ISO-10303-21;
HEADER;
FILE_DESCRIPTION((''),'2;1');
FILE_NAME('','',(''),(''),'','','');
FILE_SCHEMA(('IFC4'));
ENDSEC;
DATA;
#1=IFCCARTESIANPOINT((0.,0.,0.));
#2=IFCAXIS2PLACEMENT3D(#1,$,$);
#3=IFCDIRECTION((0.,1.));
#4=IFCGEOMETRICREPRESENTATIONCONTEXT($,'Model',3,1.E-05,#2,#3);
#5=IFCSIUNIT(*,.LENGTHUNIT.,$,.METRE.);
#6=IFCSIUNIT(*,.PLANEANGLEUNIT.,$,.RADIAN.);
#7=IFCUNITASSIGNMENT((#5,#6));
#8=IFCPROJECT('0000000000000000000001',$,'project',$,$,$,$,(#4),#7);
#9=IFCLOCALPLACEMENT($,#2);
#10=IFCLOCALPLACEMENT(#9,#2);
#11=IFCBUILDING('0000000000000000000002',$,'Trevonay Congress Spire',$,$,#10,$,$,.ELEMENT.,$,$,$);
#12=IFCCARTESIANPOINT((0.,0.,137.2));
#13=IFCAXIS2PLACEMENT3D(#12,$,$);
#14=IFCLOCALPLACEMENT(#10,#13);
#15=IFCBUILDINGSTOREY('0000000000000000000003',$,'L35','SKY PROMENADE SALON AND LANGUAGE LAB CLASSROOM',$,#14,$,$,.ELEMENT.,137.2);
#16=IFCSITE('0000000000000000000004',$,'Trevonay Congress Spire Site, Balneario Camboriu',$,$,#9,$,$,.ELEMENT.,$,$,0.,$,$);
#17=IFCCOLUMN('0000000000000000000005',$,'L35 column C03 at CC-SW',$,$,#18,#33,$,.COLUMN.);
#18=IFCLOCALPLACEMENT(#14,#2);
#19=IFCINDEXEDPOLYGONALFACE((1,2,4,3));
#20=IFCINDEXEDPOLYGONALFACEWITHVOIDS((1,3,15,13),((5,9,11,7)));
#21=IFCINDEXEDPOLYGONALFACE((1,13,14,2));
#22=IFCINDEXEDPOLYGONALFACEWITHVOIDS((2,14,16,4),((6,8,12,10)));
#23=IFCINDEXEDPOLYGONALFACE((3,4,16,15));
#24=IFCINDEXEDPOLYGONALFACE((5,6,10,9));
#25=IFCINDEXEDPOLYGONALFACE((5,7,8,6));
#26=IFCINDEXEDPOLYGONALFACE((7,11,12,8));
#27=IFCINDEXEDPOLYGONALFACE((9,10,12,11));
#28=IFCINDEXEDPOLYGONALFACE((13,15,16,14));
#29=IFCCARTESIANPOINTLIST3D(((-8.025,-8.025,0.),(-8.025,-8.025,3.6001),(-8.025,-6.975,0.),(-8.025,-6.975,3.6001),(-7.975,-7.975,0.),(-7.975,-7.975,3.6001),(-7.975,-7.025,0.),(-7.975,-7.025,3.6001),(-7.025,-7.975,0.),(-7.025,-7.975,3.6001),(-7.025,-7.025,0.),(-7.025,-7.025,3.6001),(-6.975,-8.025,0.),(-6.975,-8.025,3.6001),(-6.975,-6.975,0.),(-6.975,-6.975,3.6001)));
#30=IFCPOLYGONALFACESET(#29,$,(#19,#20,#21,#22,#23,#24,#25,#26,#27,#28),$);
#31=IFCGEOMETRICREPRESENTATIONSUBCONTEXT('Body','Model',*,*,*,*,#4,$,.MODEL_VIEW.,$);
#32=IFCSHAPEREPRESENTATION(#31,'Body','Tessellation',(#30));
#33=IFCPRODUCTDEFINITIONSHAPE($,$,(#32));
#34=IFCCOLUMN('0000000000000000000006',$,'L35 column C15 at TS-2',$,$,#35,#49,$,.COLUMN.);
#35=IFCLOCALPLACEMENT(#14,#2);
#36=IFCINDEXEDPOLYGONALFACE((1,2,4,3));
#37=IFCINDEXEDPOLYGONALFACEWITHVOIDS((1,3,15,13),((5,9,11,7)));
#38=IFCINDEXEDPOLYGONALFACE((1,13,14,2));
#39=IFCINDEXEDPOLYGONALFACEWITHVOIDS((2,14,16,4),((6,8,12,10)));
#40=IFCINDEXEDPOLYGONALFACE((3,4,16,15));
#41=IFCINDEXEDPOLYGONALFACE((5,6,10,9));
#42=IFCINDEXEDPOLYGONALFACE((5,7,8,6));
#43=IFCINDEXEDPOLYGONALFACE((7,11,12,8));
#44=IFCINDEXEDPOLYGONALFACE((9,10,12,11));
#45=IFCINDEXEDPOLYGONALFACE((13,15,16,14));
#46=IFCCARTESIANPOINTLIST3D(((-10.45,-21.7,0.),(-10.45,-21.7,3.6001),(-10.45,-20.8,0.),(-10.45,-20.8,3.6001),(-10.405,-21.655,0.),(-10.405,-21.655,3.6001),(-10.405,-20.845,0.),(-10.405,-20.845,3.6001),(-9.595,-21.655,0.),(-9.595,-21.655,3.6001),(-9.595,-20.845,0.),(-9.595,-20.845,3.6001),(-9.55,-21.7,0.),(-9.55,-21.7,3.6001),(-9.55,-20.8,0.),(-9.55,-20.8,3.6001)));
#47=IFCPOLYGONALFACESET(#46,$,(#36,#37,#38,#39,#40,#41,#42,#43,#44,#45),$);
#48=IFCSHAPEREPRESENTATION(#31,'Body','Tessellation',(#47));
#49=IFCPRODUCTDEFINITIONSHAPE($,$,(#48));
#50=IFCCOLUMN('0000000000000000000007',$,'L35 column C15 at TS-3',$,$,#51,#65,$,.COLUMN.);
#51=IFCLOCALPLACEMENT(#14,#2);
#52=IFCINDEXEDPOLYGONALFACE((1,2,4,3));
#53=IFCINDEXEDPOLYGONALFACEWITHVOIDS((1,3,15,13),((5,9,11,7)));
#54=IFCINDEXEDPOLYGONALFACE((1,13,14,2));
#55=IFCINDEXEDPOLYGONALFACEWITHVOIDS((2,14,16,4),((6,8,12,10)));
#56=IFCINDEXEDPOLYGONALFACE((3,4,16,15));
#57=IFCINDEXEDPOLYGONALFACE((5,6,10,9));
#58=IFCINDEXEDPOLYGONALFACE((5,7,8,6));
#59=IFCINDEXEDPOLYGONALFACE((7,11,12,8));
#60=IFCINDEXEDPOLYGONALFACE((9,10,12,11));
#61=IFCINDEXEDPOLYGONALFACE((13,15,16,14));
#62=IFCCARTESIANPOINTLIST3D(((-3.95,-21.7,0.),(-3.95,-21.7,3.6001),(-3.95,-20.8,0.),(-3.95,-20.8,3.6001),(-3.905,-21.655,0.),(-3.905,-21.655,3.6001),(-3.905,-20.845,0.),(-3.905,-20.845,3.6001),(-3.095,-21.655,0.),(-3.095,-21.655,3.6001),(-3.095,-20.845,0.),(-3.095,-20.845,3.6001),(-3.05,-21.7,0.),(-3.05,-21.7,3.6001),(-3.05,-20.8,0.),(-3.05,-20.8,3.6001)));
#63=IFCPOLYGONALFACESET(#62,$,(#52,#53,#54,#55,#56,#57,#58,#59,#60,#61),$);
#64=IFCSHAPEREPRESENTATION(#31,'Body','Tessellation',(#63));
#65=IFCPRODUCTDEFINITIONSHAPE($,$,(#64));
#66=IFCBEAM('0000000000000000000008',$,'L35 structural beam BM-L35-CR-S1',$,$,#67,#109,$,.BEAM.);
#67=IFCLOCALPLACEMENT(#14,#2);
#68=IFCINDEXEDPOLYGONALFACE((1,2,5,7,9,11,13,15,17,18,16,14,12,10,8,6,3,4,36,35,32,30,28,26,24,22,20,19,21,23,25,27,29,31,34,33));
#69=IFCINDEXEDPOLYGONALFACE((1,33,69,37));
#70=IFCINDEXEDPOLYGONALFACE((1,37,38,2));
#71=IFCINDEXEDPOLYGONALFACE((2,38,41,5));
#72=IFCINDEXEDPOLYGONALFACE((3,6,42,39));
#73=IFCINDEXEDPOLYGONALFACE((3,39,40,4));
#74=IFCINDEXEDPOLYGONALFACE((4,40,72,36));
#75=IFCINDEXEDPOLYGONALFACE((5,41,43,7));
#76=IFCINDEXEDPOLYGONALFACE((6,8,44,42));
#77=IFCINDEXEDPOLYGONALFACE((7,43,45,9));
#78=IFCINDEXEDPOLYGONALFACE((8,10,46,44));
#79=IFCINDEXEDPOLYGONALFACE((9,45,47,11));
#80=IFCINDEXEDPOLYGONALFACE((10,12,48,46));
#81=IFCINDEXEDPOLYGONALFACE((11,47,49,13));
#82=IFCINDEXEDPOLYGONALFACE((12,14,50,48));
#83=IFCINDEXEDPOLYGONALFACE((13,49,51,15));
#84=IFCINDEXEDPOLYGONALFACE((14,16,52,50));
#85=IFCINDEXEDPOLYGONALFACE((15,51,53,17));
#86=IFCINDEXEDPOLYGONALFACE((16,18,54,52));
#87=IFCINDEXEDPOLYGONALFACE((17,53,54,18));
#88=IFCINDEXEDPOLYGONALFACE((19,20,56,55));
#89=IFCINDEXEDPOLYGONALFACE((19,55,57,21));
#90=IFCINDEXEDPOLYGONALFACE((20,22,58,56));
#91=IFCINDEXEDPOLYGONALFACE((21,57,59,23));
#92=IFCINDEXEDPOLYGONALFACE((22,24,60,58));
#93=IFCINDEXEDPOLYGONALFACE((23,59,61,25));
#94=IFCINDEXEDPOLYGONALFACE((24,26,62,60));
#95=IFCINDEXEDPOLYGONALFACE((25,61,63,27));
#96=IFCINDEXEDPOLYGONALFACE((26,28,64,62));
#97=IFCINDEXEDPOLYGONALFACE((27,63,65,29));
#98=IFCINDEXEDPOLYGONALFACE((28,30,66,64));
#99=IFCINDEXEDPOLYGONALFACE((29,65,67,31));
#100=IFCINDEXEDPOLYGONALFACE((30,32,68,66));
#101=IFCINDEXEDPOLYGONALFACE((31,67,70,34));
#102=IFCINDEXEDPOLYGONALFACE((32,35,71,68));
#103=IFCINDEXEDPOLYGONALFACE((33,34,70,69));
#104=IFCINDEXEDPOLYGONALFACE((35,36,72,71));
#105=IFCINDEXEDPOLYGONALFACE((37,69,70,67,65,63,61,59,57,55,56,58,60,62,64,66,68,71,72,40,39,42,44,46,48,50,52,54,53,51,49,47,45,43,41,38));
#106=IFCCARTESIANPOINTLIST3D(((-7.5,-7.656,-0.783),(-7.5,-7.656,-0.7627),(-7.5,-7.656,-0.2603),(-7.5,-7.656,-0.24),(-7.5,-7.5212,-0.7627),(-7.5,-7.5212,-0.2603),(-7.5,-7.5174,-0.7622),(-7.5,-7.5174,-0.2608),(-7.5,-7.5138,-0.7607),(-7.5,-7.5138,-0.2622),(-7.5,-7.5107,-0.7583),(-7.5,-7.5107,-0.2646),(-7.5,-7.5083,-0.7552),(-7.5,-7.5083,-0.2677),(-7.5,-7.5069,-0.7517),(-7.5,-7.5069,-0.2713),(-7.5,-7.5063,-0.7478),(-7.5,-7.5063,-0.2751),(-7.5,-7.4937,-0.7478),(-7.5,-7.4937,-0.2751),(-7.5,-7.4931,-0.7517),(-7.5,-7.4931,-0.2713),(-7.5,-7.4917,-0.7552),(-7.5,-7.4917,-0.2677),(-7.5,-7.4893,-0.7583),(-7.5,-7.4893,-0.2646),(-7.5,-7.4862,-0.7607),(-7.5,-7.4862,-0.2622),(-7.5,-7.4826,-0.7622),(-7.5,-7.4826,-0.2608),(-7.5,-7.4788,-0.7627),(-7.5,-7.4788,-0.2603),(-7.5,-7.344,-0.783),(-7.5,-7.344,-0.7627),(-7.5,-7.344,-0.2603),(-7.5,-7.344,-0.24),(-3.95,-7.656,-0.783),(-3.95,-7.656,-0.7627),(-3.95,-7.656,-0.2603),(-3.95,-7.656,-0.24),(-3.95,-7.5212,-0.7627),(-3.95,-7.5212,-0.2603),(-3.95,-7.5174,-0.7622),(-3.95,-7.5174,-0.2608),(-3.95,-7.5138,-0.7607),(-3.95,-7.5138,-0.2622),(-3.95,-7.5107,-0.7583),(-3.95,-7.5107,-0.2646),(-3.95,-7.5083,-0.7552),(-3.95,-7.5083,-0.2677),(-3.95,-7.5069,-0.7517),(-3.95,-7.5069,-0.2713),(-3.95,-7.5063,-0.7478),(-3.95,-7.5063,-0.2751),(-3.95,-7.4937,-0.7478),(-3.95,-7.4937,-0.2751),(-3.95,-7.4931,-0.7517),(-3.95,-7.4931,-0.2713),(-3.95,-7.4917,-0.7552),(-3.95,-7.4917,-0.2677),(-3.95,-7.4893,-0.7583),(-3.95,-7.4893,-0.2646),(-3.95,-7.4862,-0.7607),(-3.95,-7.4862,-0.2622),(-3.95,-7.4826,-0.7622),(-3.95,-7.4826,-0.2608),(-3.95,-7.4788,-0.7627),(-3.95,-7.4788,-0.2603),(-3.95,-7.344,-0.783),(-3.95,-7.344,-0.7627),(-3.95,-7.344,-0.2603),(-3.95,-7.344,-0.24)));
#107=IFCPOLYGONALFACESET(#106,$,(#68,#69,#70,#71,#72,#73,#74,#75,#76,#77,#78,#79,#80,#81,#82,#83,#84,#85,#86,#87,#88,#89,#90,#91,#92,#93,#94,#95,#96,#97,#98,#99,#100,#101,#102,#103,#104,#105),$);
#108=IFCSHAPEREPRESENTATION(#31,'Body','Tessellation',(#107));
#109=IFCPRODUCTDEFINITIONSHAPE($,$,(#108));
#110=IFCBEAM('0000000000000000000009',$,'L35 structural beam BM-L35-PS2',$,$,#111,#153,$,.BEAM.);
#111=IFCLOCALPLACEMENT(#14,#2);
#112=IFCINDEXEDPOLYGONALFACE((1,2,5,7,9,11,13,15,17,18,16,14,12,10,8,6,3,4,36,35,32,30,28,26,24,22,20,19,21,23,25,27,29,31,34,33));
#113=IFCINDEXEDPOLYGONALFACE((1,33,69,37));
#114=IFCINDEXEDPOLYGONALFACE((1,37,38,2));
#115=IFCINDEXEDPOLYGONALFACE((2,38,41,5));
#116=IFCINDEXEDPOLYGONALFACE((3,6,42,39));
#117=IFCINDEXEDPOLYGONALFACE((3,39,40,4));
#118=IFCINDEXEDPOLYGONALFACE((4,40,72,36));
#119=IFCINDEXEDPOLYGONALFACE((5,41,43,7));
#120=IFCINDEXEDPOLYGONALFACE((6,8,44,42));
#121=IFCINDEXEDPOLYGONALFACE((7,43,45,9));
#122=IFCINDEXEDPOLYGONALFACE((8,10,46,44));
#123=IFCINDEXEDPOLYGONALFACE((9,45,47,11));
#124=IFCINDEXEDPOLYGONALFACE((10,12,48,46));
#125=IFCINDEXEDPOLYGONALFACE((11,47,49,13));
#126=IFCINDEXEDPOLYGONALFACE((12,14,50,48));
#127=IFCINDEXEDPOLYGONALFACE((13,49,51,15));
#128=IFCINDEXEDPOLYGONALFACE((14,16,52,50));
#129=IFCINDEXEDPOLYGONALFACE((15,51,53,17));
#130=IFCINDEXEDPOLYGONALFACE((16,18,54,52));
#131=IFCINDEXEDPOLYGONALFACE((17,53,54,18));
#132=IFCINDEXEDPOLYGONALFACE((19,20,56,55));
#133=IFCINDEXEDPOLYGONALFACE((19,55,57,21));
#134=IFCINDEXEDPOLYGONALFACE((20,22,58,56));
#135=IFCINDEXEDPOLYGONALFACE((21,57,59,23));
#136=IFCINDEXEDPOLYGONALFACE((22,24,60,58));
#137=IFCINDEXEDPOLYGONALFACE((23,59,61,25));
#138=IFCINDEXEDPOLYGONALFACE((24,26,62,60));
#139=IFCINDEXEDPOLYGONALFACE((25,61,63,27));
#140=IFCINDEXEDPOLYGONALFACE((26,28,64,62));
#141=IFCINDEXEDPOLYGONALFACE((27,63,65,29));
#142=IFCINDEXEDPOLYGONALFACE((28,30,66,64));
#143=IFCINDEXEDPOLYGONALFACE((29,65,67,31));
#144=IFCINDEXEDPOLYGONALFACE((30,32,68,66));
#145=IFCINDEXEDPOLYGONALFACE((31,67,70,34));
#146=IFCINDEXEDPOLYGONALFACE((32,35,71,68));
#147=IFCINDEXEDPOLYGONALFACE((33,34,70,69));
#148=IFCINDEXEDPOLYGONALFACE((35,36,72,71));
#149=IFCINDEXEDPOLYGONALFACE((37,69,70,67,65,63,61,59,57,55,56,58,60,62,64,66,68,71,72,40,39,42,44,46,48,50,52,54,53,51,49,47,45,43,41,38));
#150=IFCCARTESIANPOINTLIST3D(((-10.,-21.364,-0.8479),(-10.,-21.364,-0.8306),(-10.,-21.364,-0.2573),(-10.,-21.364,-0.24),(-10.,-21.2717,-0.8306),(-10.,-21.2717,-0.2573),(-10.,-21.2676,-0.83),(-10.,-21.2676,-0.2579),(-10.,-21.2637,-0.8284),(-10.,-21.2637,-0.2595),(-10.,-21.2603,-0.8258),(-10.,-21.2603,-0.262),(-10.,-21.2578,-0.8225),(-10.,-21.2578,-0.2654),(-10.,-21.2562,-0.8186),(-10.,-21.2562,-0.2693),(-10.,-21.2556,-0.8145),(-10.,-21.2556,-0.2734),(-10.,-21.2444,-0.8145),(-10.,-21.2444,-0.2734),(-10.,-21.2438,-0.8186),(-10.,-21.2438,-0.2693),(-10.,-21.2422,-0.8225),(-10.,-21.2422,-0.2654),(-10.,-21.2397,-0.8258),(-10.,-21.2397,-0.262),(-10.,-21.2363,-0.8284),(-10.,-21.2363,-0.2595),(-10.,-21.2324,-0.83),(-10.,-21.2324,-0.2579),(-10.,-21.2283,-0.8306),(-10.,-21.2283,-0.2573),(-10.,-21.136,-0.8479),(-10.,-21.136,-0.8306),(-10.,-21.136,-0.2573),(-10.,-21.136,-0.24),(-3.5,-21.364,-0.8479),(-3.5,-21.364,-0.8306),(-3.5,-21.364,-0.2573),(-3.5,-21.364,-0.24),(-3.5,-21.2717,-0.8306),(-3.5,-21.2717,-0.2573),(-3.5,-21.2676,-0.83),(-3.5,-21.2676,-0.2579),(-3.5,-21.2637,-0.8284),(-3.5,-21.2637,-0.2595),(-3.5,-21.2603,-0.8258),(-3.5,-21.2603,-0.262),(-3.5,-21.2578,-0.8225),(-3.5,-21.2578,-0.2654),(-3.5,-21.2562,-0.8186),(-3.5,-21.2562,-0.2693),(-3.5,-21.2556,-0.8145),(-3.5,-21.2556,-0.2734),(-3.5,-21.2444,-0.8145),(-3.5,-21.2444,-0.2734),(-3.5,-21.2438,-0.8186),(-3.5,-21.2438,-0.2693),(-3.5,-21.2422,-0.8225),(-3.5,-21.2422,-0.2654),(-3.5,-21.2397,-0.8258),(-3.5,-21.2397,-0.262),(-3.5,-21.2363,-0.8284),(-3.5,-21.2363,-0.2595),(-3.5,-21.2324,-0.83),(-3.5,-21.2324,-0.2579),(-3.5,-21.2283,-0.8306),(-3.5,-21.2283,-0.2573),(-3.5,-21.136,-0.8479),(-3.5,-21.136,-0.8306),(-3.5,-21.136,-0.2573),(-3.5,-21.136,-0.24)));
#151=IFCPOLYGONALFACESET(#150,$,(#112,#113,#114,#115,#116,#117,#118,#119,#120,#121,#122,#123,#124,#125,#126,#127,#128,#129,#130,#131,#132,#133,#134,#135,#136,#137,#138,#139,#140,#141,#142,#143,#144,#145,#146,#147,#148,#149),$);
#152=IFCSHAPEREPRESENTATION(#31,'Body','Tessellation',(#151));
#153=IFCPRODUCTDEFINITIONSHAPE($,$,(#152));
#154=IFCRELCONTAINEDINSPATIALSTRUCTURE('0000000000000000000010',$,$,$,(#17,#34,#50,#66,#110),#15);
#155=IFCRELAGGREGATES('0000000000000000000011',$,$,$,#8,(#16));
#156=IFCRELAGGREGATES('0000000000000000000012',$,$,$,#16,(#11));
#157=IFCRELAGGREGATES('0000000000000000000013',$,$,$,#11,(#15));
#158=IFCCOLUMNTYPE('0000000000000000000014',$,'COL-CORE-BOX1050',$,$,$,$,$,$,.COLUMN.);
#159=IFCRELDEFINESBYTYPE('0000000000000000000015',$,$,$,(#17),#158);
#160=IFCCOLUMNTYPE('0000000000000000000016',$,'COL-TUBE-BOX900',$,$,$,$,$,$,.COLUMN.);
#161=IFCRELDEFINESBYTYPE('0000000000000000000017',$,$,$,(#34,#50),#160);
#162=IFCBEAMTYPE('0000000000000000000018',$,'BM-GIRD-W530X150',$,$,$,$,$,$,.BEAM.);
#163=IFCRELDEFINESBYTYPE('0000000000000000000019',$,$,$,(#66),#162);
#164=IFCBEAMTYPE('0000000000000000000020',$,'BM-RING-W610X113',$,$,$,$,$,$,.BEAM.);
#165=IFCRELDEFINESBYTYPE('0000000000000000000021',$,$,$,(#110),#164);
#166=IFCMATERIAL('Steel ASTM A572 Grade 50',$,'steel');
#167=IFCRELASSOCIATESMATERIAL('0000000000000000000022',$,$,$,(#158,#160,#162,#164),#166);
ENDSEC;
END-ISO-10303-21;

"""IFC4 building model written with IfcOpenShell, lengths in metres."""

from ifc_helpers import new_model, si_unit, direction, frame, origin, origin_2d, place, context, subcontext, project, spatial, hollow_rectangle, i_section, extrude, material, material_profile, profile_set, type_object, element, save


model = new_model("IFC4")

# Units and contexts
model_context = context("Model", 3, precision=1e-05, world=origin(), true_north=direction((0.0, 1.0)))
body_context = subcontext(model_context, "Body", "Model", "MODEL_VIEW")
ifc_project = project(units=[si_unit("LENGTHUNIT", "METRE"), si_unit("PLANEANGLEUNIT", "RADIAN")], contexts=[model_context])

# Site, building, storey
site_placement = place(None, origin())
site = spatial("IfcSite", under=ifc_project, at=site_placement, Name="Trevonay Congress Spire Site, Balneario Camboriu", CompositionType="ELEMENT", RefElevation=0.0)
building_placement = place(site_placement, origin())
building = spatial("IfcBuilding", under=site, at=building_placement, Name="Trevonay Congress Spire", CompositionType="ELEMENT")
storey_placement = place(building_placement, frame((0.0, 0.0, 137.2)))
storey = spatial("IfcBuildingStorey", under=building, at=storey_placement, Name="L35", Description="SKY PROMENADE SALON AND LANGUAGE LAB CLASSROOM", CompositionType="ELEMENT", Elevation=137.2)

# Columns
ifc_material_1 = material(Name="Steel ASTM A572 Grade 50", Category="steel")
ifc_material_profile_1 = material_profile(ifc_material_1, hollow_rectangle(XDim=1.05, YDim=1.05, WallThickness=0.05, at=origin_2d()), Name="BOX 1050x1050x50")
ifc_profile_set_1 = profile_set([ifc_material_profile_1], Name="Steel ASTM A572 Grade 50")
column_type_1 = type_object("IfcColumnType", Name="COL-CORE-BOX1050", PredefinedType="COLUMN", material=ifc_profile_set_1)
column_placement = place(storey_placement, frame((-7.5, -7.5, 0.0), z_axis=(0.0, 0.0, 1.0), x_axis=(1.0, 0.0, 0.0)))
element("IfcColumn", 1, at=column_placement, inside=storey, type_object=column_type_1, Name="L35 column C03 at CC-SW", PredefinedType="COLUMN", context=body_context, shape_type="SweptSolid", body=[
    extrude(hollow_rectangle(XDim=1.05, YDim=1.05, WallThickness=0.05, at=origin_2d()), origin(), (0.0, 0.0, 1.0), 3.6001),
])
ifc_material_profile_2 = material_profile(ifc_material_1, hollow_rectangle(XDim=0.8999, YDim=0.8999, WallThickness=0.0449, at=origin_2d()), Name="BOX 900x900x45")
ifc_profile_set_2 = profile_set([ifc_material_profile_2], Name="Steel ASTM A572 Grade 50")
column_type_2 = type_object("IfcColumnType", Name="COL-TUBE-BOX900", PredefinedType="COLUMN", material=ifc_profile_set_2)
for number, where, z_axis, x_axis, name in (
    (2, (-10.0, -21.25, 0.0), (0.0, 0.0, 1.0), (1.0, 0.0, 0.0), "L35 column C15 at TS-2"),
    (3, (-3.5, -21.25, 0.0), (0.0, 0.0, 1.0), (1.0, 0.0, 0.0), "L35 column C15 at TS-3"),
):
    element("IfcColumn", number, at=place(storey_placement, frame(where, z_axis=z_axis, x_axis=x_axis)), inside=storey, type_object=column_type_2, Name=name, PredefinedType="COLUMN", context=body_context, shape_type="SweptSolid", body=[
        extrude(hollow_rectangle(XDim=0.8999, YDim=0.8999, WallThickness=0.0449, at=origin_2d()), origin(), (0.0, 0.0, 1.0), 3.6001),
    ])

# Beams
ifc_material_profile_3 = material_profile(ifc_material_1, i_section(OverallWidth=0.312, OverallDepth=0.543, WebThickness=0.0127, FlangeThickness=0.0203, FilletRadius=0.0149, at=origin_2d()), Name="W530x150")
ifc_profile_set_3 = profile_set([ifc_material_profile_3], Name="Steel ASTM A572 Grade 50")
beam_type_1 = type_object("IfcBeamType", Name="BM-GIRD-W530X150", PredefinedType="BEAM", material=ifc_profile_set_3)
beam_1_placement = place(storey_placement, frame((-7.5, -7.5, -0.5115), z_axis=(1.0, 0.0, 0.0), x_axis=(0.0, 1.0, 0.0)))
element("IfcBeam", 4, at=beam_1_placement, inside=storey, type_object=beam_type_1, Name="L35 structural beam BM-L35-CR-S1", PredefinedType="BEAM", context=body_context, shape_type="SweptSolid", body=[
    extrude(i_section(OverallWidth=0.312, OverallDepth=0.543, WebThickness=0.0127, FlangeThickness=0.0203, FilletRadius=0.0149, at=origin_2d()), origin(), (0.0, 0.0, 1.0), 3.55),
])
ifc_material_profile_4 = material_profile(ifc_material_1, i_section(OverallWidth=0.228, OverallDepth=0.6079, WebThickness=0.0112, FlangeThickness=0.0173, FilletRadius=0.0161, at=origin_2d()), Name="W610x113")
ifc_profile_set_4 = profile_set([ifc_material_profile_4], Name="Steel ASTM A572 Grade 50")
beam_type_2 = type_object("IfcBeamType", Name="BM-RING-W610X113", PredefinedType="BEAM", material=ifc_profile_set_4)
beam_2_placement = place(storey_placement, frame((-10.0, -21.25, -0.5439), z_axis=(1.0, 0.0, 0.0), x_axis=(0.0, 1.0, 0.0)))
element("IfcBeam", 5, at=beam_2_placement, inside=storey, type_object=beam_type_2, Name="L35 structural beam BM-L35-PS2", PredefinedType="BEAM", context=body_context, shape_type="SweptSolid", body=[
    extrude(i_section(OverallWidth=0.228, OverallDepth=0.6079, WebThickness=0.0112, FlangeThickness=0.0173, FilletRadius=0.0161, at=origin_2d()), origin(), (0.0, 0.0, 1.0), 6.5),
])

save(model, "model.ifc")
